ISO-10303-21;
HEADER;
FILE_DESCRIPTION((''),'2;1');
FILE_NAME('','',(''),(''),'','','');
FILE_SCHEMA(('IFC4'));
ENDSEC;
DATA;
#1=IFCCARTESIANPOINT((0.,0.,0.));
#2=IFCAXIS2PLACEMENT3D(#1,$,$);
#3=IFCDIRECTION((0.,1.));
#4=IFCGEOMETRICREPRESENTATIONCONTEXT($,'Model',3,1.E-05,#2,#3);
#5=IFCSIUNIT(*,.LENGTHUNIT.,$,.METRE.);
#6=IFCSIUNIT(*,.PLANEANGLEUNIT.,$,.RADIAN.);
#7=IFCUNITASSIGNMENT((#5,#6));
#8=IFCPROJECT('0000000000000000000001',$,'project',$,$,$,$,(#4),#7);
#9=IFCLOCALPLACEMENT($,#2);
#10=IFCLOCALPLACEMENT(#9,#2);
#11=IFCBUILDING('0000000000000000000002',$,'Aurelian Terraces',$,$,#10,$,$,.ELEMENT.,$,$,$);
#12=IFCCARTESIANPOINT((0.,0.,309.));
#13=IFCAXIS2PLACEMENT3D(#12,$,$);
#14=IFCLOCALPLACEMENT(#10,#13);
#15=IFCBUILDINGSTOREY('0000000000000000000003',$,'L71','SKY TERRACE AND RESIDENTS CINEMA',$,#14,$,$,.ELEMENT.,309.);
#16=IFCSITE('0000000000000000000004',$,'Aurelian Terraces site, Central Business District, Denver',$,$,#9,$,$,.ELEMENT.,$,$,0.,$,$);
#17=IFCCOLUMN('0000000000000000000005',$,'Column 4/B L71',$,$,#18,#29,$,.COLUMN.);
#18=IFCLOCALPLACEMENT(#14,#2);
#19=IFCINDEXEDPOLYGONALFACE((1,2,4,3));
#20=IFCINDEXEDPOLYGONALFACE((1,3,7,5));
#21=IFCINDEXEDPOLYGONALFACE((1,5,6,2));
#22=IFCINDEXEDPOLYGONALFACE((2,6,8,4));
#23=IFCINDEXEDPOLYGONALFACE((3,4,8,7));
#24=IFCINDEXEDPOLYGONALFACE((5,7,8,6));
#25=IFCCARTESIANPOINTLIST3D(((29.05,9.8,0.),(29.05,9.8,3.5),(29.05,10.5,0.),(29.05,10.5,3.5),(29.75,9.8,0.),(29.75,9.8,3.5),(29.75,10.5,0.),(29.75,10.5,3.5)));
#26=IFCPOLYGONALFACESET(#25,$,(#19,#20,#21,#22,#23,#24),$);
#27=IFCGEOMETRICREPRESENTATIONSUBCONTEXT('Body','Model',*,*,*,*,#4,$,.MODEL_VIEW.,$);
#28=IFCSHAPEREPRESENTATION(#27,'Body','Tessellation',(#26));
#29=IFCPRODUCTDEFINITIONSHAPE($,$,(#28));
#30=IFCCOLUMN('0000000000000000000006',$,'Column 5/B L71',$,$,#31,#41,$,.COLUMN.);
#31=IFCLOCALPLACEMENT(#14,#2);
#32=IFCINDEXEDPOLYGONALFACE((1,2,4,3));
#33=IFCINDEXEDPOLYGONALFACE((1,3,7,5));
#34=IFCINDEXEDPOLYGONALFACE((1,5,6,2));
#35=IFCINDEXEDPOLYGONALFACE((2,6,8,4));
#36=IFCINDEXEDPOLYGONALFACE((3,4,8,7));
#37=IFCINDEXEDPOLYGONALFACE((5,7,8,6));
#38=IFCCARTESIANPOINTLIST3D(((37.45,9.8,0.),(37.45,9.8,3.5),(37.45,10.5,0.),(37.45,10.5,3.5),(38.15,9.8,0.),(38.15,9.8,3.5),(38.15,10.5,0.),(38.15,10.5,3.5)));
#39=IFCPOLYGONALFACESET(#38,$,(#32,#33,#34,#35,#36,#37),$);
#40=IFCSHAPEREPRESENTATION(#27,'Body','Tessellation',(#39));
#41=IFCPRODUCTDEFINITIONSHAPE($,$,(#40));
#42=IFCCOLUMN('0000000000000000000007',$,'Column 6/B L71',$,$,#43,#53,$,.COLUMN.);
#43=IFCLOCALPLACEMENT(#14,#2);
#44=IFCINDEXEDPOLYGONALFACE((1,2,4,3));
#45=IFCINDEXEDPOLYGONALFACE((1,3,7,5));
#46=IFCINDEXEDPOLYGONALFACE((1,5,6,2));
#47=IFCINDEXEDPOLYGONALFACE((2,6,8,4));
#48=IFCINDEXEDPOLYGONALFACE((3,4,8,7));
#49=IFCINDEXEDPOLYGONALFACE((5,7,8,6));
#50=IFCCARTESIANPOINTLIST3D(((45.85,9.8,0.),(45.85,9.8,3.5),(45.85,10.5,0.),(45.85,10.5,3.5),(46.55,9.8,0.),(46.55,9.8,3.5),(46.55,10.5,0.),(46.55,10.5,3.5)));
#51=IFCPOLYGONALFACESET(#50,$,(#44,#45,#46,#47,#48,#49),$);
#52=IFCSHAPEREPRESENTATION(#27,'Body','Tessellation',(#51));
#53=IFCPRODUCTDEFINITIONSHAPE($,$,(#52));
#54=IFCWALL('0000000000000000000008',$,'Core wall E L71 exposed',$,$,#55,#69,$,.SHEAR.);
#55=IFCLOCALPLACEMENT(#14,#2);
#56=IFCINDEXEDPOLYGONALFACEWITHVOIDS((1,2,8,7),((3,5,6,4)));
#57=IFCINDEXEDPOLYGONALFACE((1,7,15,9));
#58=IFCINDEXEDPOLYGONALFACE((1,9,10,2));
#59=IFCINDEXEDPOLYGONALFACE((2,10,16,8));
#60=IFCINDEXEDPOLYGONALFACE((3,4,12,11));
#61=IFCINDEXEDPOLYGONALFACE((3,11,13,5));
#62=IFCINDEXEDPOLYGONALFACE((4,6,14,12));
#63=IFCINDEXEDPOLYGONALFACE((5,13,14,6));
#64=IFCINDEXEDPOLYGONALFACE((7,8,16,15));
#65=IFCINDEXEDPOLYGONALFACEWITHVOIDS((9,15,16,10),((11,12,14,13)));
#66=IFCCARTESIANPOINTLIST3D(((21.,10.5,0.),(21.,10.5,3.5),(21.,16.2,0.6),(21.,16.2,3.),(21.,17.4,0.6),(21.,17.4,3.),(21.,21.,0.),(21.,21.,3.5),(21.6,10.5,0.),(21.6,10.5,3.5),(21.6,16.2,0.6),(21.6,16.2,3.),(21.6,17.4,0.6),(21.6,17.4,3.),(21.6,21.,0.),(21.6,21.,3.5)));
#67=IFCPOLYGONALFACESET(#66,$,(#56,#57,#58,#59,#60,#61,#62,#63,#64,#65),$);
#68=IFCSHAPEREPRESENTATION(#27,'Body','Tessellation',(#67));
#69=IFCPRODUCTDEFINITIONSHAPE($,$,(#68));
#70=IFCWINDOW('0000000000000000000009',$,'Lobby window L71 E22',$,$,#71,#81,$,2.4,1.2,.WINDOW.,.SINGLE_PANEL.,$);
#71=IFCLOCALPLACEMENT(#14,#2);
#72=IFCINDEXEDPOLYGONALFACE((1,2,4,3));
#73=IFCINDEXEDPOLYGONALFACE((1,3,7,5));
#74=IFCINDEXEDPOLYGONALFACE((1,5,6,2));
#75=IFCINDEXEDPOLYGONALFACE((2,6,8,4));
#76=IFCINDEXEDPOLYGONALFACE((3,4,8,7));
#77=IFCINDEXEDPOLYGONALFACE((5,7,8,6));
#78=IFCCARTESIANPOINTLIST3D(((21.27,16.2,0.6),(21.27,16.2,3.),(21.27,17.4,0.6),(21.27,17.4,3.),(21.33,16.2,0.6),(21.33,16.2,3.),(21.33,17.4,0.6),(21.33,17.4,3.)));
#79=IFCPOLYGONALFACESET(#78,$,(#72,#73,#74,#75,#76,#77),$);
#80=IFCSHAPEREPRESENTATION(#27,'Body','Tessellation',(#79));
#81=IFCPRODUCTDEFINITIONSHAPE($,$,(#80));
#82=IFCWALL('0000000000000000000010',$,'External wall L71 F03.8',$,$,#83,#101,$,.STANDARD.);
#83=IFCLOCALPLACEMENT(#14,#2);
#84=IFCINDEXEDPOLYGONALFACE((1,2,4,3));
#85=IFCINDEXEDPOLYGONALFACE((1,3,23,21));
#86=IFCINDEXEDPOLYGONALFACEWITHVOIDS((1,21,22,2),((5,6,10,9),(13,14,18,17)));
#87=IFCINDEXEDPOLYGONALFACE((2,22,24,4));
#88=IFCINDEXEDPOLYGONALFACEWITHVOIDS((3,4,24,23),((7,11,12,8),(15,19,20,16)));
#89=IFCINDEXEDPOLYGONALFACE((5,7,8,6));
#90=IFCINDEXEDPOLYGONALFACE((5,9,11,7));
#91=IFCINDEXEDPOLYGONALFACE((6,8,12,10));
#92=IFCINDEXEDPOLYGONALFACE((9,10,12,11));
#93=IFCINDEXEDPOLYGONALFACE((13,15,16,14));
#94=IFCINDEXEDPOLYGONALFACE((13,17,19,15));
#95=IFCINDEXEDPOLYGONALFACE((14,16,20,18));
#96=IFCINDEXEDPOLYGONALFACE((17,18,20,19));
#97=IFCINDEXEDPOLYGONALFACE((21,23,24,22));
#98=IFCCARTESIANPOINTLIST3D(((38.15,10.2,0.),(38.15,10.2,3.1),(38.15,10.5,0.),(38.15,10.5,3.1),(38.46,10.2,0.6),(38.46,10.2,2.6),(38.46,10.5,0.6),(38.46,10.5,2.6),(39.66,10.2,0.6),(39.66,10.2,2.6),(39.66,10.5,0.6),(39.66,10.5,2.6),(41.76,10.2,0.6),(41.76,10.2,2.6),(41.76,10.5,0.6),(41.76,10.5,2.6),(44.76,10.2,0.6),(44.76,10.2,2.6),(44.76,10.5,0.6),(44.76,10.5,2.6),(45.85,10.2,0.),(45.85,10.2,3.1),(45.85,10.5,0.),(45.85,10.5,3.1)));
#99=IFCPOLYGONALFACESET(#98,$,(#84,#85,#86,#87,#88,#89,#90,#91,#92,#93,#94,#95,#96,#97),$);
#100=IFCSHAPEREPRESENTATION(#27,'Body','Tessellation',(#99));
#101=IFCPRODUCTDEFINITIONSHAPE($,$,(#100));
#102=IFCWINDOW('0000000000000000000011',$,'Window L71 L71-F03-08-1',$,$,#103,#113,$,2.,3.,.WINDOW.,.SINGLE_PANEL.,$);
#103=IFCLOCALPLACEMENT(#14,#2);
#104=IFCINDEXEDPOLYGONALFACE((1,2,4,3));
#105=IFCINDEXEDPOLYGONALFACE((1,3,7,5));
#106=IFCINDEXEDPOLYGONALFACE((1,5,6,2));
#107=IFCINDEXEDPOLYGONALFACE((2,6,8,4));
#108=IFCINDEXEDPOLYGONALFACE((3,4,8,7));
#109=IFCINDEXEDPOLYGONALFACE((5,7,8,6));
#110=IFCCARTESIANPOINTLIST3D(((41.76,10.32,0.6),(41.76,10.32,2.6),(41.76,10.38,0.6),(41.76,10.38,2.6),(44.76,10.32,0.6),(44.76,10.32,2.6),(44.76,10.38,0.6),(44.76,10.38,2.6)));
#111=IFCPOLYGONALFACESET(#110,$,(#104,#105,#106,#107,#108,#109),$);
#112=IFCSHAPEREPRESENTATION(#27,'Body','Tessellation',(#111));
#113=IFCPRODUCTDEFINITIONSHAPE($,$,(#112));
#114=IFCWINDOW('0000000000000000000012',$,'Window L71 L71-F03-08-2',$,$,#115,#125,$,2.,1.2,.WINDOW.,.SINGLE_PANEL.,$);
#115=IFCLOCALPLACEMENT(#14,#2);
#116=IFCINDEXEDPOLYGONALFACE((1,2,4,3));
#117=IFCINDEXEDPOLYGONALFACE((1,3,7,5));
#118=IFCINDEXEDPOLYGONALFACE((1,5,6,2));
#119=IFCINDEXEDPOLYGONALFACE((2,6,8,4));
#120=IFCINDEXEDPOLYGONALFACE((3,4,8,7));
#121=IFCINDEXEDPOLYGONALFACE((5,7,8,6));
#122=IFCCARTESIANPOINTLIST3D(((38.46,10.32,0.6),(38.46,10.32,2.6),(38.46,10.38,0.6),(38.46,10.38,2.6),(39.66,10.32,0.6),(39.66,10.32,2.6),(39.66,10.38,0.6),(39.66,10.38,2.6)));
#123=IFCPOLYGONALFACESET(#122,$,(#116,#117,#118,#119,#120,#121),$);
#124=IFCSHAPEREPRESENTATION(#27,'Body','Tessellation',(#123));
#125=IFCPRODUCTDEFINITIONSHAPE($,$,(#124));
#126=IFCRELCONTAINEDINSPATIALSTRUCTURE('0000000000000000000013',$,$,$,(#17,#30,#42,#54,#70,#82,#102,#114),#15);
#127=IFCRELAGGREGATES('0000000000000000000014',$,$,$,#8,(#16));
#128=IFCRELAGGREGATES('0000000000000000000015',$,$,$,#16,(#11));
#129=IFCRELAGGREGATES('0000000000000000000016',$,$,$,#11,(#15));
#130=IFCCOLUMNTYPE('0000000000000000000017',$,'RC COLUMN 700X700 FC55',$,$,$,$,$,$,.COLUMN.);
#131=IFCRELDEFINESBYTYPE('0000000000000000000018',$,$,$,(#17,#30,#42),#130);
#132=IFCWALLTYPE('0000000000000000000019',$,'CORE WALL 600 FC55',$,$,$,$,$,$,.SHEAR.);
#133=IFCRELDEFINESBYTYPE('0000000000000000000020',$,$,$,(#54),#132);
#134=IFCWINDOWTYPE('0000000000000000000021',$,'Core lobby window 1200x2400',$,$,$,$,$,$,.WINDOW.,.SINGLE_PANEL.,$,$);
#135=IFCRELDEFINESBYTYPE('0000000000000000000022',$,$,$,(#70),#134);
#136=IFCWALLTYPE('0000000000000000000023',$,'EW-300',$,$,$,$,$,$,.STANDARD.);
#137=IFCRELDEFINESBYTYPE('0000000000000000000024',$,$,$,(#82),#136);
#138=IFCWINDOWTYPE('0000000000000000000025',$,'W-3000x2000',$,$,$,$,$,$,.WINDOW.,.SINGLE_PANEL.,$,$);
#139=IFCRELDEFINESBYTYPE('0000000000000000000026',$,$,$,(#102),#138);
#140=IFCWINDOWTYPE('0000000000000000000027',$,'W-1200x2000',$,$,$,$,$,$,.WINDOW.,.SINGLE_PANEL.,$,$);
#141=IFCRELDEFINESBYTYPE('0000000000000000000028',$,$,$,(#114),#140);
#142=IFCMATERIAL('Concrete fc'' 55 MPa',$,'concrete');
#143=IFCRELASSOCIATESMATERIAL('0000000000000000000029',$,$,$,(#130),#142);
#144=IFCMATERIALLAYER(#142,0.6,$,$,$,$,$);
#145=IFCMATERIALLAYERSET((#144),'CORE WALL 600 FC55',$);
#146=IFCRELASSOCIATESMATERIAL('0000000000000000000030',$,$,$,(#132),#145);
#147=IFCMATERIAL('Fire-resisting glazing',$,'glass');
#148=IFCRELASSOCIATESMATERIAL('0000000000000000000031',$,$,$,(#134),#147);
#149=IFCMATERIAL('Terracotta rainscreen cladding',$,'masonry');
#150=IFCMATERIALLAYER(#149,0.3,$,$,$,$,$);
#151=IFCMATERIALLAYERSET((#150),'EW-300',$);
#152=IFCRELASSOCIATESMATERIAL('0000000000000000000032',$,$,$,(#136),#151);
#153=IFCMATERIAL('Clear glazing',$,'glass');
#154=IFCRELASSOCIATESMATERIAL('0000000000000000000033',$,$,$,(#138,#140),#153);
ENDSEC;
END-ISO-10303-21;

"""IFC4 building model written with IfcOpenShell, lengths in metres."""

from ifc_helpers import new_model, si_unit, direction, frame, frame_2d, origin, origin_2d, place, context, subcontext, project, spatial, rectangle, extrude, source, transform, mapped, material, layer, layer_set, material_profile, profile_set, type_object, element, fill, save


model = new_model("IFC4")

# Units and contexts
model_context = context("Model", 3, precision=1e-05, world=origin(), true_north=direction((0.0, 1.0)))
body_context = subcontext(model_context, "Body", "Model", "MODEL_VIEW")
ifc_project = project(units=[si_unit("LENGTHUNIT", "METRE"), si_unit("PLANEANGLEUNIT", "RADIAN")], contexts=[model_context])

# Site, building, storey
site_placement = place(None, origin())
site = spatial("IfcSite", under=ifc_project, at=site_placement, Name="Aurelian Terraces site, Central Business District, Denver", CompositionType="ELEMENT", RefElevation=0.0)
building_placement = place(site_placement, origin())
building = spatial("IfcBuilding", under=site, at=building_placement, Name="Aurelian Terraces", CompositionType="ELEMENT")
storey_placement = place(building_placement, frame((0.0, 0.0, 309.0)))
storey = spatial("IfcBuildingStorey", under=building, at=storey_placement, Name="L71", Description="SKY TERRACE AND RESIDENTS CINEMA", CompositionType="ELEMENT", Elevation=309.0)

# Columns
ifc_material_1 = material(Name="Concrete fc' 55 MPa", Category="concrete")
ifc_material_profile = material_profile(ifc_material_1, rectangle(XDim=0.7, YDim=0.7, at=origin_2d()))
ifc_profile_set = profile_set([ifc_material_profile], Name="Concrete fc' 55 MPa")
column_type = type_object("IfcColumnType", Name="RC COLUMN 700X700 FC55", PredefinedType="COLUMN", material=ifc_profile_set)
shared_shape_1 = source(origin(), body_context, "Body", "SweptSolid", [
    extrude(rectangle(XDim=0.7, YDim=0.7, at=origin_2d()), origin(), (0.0, 0.0, 1.0), 3.5),
])
for number, where, z_axis, x_axis, name in (
    (1, (29.4, 10.15, 0.0), (0.0, 0.0, 1.0), (1.0, 0.0, 0.0), "Column 4/B L71"),
    (2, (37.8, 10.15, 0.0), (0.0, 0.0, 1.0), (1.0, 0.0, 0.0), "Column 5/B L71"),
    (3, (46.2, 10.15, 0.0), (0.0, 0.0, 1.0), (1.0, 0.0, 0.0), "Column 6/B L71"),
):
    element("IfcColumn", number, at=place(storey_placement, frame(where, z_axis=z_axis, x_axis=x_axis)), inside=storey, type_object=column_type, Name=name, PredefinedType="COLUMN", context=body_context, shape_type="MappedRepresentation", body=[
        mapped(shared_shape_1, transform((0.0, 0.0, 0.0), scale=1.0)),
    ])

# Wall, opening, window
ifc_layer_1 = layer(ifc_material_1, 0.6)
ifc_layer_set_1 = layer_set([ifc_layer_1], Name="CORE WALL 600 FC55")
wall_type_1 = type_object("IfcWallType", Name="CORE WALL 600 FC55", PredefinedType="SHEAR", material=ifc_layer_set_1)
shared_shape_2 = source(origin(), body_context, "Body", "SweptSolid", [
    extrude(rectangle(XDim=10.5, YDim=0.6, at=frame_2d((5.25, 0.0))), origin(), (0.0, 0.0, 1.0), 3.5),
])
wall_1_placement = place(storey_placement, frame((21.3, 10.5, 0.0), z_axis=(0.0, 0.0, 1.0), x_axis=(0.0, 1.0, 0.0)))
wall_1 = element("IfcWall", 4, at=wall_1_placement, inside=storey, type_object=wall_type_1, Name="Core wall E L71 exposed", PredefinedType="SHEAR", context=body_context, shape_type="MappedRepresentation", body=[
    mapped(shared_shape_2, transform((0.0, 0.0, 0.0), scale=1.0)),
])
shared_shape_3 = source(origin(), body_context, "Body", "SweptSolid", [
    extrude(rectangle(XDim=1.2, YDim=2.4, at=frame_2d((0.6, 1.2))), frame((0.0, 0.31, 0.0), z_axis=(0.0, -1.0, 0.0), x_axis=(1.0, 0.0, 0.0)), (0.0, 0.0, 1.0), 0.62),
])
opening_1_placement = place(wall_1_placement, frame((5.7, 0.0, 0.6)))
opening_1 = element("IfcOpeningElement", 5, at=opening_1_placement, cuts=wall_1, PredefinedType="OPENING", context=body_context, shape_type="MappedRepresentation", body=[
    mapped(shared_shape_3, transform((0.0, 0.0, 0.0), scale=1.0)),
])
ifc_material_2 = material(Name="Fire-resisting glazing", Category="glass")
window_type_1 = type_object("IfcWindowType", Name="Core lobby window 1200x2400", PartitioningType="SINGLE_PANEL", PredefinedType="WINDOW", material=ifc_material_2)
shared_shape_4 = source(origin(), body_context, "Body", "SweptSolid", [
    extrude(rectangle(XDim=1.2, YDim=2.4, at=frame_2d((0.6, 1.2))), frame((0.0, 0.03, 0.0), z_axis=(0.0, -1.0, 0.0), x_axis=(1.0, 0.0, 0.0)), (0.0, 0.0, 1.0), 0.06),
])
window_1_placement = place(opening_1_placement, origin())
window_1 = element("IfcWindow", 6, at=window_1_placement, inside=storey, type_object=window_type_1, Name="Lobby window L71 E22", OverallHeight=2.4, OverallWidth=1.2, PartitioningType="SINGLE_PANEL", PredefinedType="WINDOW", context=body_context, shape_type="MappedRepresentation", body=[
    mapped(shared_shape_4, transform((0.0, 0.0, 0.0), scale=1.0)),
])
fill(opening_1, window_1)

# Wall, openings, windows
ifc_material_3 = material(Name="Terracotta rainscreen cladding", Category="masonry")
ifc_layer_2 = layer(ifc_material_3, 0.3)
ifc_layer_set_2 = layer_set([ifc_layer_2], Name="EW-300")
wall_type_2 = type_object("IfcWallType", Name="EW-300", PredefinedType="STANDARD", material=ifc_layer_set_2)
shared_shape_5 = source(origin(), body_context, "Body", "SweptSolid", [
    extrude(rectangle(XDim=7.7, YDim=0.3, at=frame_2d((3.85, 0.0))), origin(), (0.0, 0.0, 1.0), 3.1),
])
wall_2_placement = place(storey_placement, frame((45.85, 10.35, 0.0), z_axis=(0.0, 0.0, 1.0), x_axis=(-1.0, 0.0, 0.0)))
wall_2 = element("IfcWall", 7, at=wall_2_placement, inside=storey, type_object=wall_type_2, Name="External wall L71 F03.8", PredefinedType="STANDARD", context=body_context, shape_type="MappedRepresentation", body=[
    mapped(shared_shape_5, transform((0.0, 0.0, 0.0), scale=1.0)),
])
shared_shape_6 = source(origin(), body_context, "Body", "SweptSolid", [
    extrude(rectangle(XDim=3.0, YDim=2.0, at=frame_2d((1.5, 1.0))), frame((0.0, 0.16, 0.0), z_axis=(0.0, -1.0, 0.0), x_axis=(1.0, 0.0, 0.0)), (0.0, 0.0, 1.0), 0.32),
])
opening_2_placement = place(wall_2_placement, frame((1.09, 0.0, 0.6)))
opening_2 = element("IfcOpeningElement", 8, at=opening_2_placement, cuts=wall_2, PredefinedType="OPENING", context=body_context, shape_type="MappedRepresentation", body=[
    mapped(shared_shape_6, transform((0.0, 0.0, 0.0), scale=1.0)),
])
shared_shape_7 = source(origin(), body_context, "Body", "SweptSolid", [
    extrude(rectangle(XDim=1.2, YDim=2.0, at=frame_2d((0.6, 1.0))), frame((0.0, 0.16, 0.0), z_axis=(0.0, -1.0, 0.0), x_axis=(1.0, 0.0, 0.0)), (0.0, 0.0, 1.0), 0.32),
])
opening_3_placement = place(wall_2_placement, frame((6.19, 0.0, 0.6)))
opening_3 = element("IfcOpeningElement", 9, at=opening_3_placement, cuts=wall_2, PredefinedType="OPENING", context=body_context, shape_type="MappedRepresentation", body=[
    mapped(shared_shape_7, transform((0.0, 0.0, 0.0), scale=1.0)),
])
ifc_material_4 = material(Name="Clear glazing", Category="glass")
window_type_2 = type_object("IfcWindowType", Name="W-3000x2000", PartitioningType="SINGLE_PANEL", PredefinedType="WINDOW", material=ifc_material_4)
shared_shape_8 = source(origin(), body_context, "Body", "SweptSolid", [
    extrude(rectangle(XDim=3.0, YDim=2.0, at=frame_2d((1.5, 1.0))), frame((0.0, 0.03, 0.0), z_axis=(0.0, -1.0, 0.0), x_axis=(1.0, 0.0, 0.0)), (0.0, 0.0, 1.0), 0.06),
])
window_2_placement = place(opening_2_placement, origin())
window_2 = element("IfcWindow", 10, at=window_2_placement, inside=storey, type_object=window_type_2, Name="Window L71 L71-F03-08-1", OverallHeight=2.0, OverallWidth=3.0, PartitioningType="SINGLE_PANEL", PredefinedType="WINDOW", context=body_context, shape_type="MappedRepresentation", body=[
    mapped(shared_shape_8, transform((0.0, 0.0, 0.0), scale=1.0)),
])
fill(opening_2, window_2)
window_type_3 = type_object("IfcWindowType", Name="W-1200x2000", PartitioningType="SINGLE_PANEL", PredefinedType="WINDOW", material=ifc_material_4)
shared_shape_9 = source(origin(), body_context, "Body", "SweptSolid", [
    extrude(rectangle(XDim=1.2, YDim=2.0, at=frame_2d((0.6, 1.0))), frame((0.0, 0.03, 0.0), z_axis=(0.0, -1.0, 0.0), x_axis=(1.0, 0.0, 0.0)), (0.0, 0.0, 1.0), 0.06),
])
window_3_placement = place(opening_3_placement, origin())
window_3 = element("IfcWindow", 11, at=window_3_placement, inside=storey, type_object=window_type_3, Name="Window L71 L71-F03-08-2", OverallHeight=2.0, OverallWidth=1.2, PartitioningType="SINGLE_PANEL", PredefinedType="WINDOW", context=body_context, shape_type="MappedRepresentation", body=[
    mapped(shared_shape_9, transform((0.0, 0.0, 0.0), scale=1.0)),
])
fill(opening_3, window_3)

save(model, "model.ifc")
